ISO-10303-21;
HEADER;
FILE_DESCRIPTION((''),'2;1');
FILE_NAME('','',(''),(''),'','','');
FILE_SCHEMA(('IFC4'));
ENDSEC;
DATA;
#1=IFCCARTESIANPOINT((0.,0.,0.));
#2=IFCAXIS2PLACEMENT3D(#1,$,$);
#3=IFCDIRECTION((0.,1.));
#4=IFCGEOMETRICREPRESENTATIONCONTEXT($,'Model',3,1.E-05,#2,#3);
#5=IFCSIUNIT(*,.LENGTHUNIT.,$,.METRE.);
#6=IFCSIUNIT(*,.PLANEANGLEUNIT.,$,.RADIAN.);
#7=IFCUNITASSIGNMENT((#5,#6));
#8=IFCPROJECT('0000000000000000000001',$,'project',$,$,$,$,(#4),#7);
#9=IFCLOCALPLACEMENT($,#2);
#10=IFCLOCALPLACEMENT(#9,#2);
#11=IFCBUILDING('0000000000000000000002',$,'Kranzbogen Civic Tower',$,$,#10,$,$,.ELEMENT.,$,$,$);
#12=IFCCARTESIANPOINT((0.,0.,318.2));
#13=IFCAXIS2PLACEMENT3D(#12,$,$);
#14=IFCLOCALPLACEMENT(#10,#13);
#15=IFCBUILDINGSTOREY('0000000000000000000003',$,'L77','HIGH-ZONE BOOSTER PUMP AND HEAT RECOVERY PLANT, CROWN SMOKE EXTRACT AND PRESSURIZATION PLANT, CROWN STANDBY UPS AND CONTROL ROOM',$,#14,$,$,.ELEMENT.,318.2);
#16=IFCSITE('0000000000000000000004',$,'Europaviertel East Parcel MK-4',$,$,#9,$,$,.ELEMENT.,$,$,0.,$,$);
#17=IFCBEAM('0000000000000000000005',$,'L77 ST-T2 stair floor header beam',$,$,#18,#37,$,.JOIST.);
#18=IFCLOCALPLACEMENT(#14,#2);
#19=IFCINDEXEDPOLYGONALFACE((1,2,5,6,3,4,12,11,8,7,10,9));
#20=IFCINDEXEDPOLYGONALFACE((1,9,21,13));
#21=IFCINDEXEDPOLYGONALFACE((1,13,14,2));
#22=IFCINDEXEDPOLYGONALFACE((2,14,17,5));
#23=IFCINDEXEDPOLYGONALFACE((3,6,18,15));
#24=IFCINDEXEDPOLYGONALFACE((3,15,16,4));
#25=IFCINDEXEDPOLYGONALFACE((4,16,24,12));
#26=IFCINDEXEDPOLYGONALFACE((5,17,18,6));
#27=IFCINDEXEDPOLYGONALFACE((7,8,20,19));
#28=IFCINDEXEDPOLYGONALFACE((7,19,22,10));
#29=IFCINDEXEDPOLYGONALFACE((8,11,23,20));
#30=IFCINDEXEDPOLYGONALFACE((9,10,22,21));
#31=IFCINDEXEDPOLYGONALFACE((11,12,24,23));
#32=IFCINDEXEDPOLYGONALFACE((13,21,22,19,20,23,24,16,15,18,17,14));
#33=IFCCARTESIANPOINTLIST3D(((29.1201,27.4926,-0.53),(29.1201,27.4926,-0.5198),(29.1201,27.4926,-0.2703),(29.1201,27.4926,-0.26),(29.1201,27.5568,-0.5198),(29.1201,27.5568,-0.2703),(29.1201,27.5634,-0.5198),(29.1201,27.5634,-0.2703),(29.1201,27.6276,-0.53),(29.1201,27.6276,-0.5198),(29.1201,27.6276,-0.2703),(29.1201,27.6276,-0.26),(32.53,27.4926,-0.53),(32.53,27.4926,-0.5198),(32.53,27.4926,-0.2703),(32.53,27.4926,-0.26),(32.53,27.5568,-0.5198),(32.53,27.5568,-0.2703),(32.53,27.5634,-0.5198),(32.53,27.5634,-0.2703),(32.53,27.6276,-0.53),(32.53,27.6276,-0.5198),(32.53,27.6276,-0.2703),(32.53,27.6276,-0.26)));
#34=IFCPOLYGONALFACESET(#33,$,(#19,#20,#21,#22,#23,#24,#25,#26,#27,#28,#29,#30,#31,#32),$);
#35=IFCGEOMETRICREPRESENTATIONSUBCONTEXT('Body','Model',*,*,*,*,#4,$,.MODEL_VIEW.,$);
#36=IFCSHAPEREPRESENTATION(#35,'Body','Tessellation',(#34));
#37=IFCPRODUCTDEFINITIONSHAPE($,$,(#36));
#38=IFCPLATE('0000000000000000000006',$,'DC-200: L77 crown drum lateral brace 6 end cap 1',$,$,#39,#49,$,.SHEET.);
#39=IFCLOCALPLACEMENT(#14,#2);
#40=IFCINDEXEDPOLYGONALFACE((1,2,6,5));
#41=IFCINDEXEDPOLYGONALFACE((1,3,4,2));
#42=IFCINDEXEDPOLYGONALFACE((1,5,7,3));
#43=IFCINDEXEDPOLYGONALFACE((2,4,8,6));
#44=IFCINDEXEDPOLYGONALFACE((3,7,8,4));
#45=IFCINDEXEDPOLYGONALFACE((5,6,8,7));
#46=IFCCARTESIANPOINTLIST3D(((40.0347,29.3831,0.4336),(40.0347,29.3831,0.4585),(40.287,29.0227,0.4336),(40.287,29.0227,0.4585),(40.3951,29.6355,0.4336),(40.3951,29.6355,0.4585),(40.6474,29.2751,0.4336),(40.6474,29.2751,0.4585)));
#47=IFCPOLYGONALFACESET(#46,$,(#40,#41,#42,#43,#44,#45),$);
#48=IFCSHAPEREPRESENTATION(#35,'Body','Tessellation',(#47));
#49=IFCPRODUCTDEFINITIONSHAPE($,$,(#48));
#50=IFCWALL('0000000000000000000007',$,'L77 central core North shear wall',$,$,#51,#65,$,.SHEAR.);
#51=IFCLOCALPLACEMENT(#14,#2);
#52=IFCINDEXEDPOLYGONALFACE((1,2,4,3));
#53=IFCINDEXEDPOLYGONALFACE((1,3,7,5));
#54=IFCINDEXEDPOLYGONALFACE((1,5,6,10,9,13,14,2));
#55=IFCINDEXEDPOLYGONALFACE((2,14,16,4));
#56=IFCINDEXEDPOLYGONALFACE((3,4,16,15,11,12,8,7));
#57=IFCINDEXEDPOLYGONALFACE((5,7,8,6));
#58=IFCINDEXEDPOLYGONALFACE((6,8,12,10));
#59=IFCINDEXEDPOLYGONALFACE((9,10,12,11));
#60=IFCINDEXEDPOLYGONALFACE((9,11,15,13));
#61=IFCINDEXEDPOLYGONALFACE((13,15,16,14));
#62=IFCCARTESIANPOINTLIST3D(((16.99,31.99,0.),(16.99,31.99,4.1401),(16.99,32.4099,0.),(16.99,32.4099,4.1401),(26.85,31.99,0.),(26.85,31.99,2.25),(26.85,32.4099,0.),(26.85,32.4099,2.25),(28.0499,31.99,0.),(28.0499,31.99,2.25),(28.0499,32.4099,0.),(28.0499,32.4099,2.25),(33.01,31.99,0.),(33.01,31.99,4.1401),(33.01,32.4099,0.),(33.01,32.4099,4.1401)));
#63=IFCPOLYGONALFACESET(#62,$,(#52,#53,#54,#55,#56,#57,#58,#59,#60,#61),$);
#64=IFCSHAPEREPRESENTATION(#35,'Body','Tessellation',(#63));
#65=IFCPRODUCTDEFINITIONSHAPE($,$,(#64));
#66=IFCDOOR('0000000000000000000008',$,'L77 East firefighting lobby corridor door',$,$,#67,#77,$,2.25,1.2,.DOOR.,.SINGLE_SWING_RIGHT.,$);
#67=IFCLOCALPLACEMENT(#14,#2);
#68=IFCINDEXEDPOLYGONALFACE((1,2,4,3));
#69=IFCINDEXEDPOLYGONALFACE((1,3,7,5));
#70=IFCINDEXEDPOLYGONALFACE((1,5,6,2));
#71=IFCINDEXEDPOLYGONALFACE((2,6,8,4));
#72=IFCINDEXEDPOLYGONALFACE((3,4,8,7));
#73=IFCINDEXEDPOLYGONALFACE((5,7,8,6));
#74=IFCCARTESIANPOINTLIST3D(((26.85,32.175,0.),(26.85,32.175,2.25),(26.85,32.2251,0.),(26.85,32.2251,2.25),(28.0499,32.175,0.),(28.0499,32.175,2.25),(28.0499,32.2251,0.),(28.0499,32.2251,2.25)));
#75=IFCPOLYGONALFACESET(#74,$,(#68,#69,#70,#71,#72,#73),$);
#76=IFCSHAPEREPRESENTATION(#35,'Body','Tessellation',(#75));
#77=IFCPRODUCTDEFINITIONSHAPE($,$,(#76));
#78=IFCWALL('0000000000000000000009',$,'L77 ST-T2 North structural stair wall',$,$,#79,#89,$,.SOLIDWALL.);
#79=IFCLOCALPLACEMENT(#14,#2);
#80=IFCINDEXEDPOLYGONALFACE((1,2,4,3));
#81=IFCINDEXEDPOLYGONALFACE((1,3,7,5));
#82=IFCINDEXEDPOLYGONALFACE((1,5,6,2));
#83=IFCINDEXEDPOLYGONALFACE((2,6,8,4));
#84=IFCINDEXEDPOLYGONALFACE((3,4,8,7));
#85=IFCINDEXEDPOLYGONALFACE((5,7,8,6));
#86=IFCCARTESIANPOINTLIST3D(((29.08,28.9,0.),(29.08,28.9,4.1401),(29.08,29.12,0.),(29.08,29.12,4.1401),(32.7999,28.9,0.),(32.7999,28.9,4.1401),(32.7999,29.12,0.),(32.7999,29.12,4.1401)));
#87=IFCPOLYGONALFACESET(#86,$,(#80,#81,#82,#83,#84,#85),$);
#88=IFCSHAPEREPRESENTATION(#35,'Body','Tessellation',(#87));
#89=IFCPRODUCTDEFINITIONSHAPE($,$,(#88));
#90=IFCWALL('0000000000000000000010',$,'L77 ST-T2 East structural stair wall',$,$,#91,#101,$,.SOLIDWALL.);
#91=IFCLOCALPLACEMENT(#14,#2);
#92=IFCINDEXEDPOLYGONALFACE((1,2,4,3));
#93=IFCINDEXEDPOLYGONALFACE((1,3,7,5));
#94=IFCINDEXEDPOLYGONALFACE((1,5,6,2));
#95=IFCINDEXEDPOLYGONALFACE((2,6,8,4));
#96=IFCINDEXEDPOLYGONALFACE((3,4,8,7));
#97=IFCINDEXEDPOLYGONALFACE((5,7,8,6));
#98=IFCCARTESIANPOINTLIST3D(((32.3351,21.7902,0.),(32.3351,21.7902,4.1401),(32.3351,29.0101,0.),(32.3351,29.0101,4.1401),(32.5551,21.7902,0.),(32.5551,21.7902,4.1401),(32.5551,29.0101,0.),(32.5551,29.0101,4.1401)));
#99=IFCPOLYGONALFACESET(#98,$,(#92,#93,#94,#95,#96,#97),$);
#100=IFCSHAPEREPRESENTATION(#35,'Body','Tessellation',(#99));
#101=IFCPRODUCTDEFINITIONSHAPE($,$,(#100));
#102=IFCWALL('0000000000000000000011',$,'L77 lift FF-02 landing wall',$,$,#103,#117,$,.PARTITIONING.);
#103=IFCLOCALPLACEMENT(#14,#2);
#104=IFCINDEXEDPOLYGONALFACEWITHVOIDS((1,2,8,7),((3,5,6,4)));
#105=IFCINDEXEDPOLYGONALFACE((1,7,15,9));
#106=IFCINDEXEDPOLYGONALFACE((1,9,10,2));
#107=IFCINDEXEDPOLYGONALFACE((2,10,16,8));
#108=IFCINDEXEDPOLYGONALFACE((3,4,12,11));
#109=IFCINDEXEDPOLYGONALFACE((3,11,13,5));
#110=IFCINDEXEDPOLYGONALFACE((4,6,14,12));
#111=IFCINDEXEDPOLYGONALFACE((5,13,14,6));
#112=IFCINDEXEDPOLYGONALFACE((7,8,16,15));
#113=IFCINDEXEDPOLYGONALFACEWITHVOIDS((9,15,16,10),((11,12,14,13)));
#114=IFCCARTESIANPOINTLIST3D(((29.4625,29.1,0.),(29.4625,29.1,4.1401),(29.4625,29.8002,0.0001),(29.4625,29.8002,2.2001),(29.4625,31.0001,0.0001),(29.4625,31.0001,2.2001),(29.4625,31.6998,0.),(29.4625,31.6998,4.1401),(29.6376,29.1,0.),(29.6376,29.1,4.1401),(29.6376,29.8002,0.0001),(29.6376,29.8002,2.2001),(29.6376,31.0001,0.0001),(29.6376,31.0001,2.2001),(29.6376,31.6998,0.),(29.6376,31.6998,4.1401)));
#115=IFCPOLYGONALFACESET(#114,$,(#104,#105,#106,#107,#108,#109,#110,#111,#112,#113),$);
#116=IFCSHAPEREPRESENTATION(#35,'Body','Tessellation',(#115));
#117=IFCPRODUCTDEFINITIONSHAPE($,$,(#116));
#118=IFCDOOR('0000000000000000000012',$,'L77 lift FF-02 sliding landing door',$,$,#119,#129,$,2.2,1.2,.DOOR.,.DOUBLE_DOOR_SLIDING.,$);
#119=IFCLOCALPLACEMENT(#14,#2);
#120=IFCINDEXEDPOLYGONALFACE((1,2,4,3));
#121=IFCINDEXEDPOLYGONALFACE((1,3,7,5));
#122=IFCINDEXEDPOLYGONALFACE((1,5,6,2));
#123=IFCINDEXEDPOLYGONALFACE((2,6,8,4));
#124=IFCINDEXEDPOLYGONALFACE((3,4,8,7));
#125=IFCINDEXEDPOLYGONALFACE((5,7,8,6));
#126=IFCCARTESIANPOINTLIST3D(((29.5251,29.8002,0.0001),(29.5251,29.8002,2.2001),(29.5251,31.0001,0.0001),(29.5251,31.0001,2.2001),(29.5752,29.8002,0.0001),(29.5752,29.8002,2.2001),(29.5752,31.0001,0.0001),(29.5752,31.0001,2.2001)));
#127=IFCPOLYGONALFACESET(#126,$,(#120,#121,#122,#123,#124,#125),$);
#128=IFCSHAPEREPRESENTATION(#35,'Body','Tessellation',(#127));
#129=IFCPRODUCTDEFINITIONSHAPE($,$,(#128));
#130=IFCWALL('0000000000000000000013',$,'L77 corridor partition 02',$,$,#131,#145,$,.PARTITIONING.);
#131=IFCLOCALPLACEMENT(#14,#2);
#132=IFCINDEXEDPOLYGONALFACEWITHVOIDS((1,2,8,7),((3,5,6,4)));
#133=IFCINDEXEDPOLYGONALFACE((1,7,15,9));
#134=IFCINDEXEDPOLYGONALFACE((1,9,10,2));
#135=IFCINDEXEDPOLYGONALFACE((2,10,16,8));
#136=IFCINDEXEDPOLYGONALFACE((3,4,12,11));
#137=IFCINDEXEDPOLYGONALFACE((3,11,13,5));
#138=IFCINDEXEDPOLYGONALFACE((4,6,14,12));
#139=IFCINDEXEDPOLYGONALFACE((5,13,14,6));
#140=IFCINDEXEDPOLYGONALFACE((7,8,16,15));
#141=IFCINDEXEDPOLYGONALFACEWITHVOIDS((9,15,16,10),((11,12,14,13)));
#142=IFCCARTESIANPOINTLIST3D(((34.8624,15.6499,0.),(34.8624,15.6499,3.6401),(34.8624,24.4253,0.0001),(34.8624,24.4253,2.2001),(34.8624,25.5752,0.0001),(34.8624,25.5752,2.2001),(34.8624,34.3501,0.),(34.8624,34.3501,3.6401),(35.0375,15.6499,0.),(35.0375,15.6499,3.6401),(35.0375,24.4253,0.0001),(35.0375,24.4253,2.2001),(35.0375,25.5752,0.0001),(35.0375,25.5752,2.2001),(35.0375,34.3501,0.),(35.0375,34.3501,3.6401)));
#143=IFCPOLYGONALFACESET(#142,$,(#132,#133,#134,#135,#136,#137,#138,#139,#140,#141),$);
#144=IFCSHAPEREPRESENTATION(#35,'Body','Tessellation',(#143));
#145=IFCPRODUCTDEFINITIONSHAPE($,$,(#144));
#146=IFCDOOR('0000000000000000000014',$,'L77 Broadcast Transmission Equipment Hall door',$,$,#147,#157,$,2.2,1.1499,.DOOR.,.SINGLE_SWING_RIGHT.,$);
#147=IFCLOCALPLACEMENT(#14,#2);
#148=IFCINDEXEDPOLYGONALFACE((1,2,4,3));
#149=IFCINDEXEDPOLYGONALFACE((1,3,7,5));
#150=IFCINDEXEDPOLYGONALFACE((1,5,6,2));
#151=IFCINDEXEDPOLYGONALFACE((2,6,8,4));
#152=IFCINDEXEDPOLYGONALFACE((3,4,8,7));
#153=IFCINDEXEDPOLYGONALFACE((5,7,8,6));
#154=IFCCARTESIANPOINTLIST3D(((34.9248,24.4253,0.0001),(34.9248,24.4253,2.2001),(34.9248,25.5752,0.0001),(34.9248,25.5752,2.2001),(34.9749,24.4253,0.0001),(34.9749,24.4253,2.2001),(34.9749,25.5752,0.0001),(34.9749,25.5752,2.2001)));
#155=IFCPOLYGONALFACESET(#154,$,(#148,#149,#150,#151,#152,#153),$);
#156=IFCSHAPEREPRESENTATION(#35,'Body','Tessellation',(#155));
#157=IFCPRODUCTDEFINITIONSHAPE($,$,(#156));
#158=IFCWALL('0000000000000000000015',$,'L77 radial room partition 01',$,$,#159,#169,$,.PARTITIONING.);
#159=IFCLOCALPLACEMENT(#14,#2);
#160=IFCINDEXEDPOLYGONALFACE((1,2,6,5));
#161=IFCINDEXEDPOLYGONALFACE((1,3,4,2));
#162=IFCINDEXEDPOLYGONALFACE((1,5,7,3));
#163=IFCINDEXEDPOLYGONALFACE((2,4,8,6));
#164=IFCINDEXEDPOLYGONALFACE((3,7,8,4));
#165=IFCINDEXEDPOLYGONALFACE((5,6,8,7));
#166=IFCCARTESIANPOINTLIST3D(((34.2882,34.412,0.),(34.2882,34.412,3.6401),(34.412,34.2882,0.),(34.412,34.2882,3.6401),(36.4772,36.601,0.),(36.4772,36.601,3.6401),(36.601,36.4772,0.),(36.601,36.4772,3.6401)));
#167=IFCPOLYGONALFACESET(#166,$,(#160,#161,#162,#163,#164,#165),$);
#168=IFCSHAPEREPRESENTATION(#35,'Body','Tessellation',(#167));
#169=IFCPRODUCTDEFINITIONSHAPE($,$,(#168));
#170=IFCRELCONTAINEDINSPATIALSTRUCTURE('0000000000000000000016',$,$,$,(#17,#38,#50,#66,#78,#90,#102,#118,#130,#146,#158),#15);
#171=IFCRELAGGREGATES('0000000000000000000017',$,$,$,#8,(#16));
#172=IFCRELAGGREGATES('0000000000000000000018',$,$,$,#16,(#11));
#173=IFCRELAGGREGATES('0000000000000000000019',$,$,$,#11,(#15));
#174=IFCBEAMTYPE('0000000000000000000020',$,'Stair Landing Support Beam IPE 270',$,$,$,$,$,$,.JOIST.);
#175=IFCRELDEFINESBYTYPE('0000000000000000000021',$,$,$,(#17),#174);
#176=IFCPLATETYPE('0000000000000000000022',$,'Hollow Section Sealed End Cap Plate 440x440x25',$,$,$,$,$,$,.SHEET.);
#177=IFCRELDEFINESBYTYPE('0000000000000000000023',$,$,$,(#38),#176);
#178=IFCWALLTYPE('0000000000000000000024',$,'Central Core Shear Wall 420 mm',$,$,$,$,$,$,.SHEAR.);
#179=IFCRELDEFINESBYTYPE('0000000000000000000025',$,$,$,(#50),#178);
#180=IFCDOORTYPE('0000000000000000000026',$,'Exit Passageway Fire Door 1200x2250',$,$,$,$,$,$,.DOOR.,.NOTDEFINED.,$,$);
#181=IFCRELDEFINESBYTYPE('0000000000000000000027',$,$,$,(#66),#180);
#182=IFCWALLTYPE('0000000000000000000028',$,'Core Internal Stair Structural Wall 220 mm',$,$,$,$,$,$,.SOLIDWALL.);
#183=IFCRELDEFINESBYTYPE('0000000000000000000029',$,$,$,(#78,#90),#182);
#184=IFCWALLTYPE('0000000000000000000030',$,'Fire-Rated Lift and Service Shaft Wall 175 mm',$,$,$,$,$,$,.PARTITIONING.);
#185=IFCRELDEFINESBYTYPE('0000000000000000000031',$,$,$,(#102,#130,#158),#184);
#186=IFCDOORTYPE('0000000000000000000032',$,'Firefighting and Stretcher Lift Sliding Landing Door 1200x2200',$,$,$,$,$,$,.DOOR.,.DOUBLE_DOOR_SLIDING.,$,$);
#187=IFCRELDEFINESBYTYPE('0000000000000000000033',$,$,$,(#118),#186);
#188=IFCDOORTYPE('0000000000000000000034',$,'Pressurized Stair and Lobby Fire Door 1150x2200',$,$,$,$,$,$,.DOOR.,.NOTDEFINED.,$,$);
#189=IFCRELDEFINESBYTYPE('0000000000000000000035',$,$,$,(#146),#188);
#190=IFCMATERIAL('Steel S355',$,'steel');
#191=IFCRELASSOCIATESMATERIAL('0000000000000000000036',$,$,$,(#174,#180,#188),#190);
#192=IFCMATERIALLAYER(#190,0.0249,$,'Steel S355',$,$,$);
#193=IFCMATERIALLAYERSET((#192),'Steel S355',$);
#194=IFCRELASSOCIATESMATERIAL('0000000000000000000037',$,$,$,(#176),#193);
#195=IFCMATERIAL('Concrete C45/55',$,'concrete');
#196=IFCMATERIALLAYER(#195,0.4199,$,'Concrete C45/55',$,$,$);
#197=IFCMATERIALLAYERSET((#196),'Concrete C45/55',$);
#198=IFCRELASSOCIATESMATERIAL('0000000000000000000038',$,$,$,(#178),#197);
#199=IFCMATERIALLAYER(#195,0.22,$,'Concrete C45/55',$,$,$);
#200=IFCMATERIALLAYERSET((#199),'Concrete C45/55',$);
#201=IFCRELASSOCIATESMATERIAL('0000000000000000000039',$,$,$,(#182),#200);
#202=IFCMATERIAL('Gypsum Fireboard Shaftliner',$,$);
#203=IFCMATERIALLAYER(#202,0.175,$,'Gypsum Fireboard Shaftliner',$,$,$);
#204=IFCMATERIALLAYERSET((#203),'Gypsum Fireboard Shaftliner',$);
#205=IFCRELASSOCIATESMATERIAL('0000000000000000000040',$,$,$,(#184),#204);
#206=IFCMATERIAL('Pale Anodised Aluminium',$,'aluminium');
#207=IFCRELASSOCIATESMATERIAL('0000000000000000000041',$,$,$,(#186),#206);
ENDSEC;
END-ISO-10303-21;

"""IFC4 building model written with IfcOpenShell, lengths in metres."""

from ifc_helpers import new_model, si_unit, direction, frame, frame_2d, origin, origin_2d, place, context, subcontext, project, spatial, rectangle, i_section, extrude, material, layer, layer_set, material_profile, profile_set, type_object, element, fill, save


model = new_model("IFC4")

# Units and contexts
model_context = context("Model", 3, precision=1e-05, world=origin(), true_north=direction((0.0, 1.0)))
body_context = subcontext(model_context, "Body", "Model", "MODEL_VIEW")
ifc_project = project(units=[si_unit("LENGTHUNIT", "METRE"), si_unit("PLANEANGLEUNIT", "RADIAN")], contexts=[model_context])

# Site, building, storey
site_placement = place(None, origin())
site = spatial("IfcSite", under=ifc_project, at=site_placement, Name="Europaviertel East Parcel MK-4", CompositionType="ELEMENT", RefElevation=0.0)
building_placement = place(site_placement, origin())
building = spatial("IfcBuilding", under=site, at=building_placement, Name="Kranzbogen Civic Tower", CompositionType="ELEMENT")
storey_placement = place(building_placement, frame((0.0, 0.0, 318.2)))
storey = spatial("IfcBuildingStorey", under=building, at=storey_placement, Name="L77", Description="HIGH-ZONE BOOSTER PUMP AND HEAT RECOVERY PLANT, CROWN SMOKE EXTRACT AND PRESSURIZATION PLANT, CROWN STANDBY UPS AND CONTROL ROOM", CompositionType="ELEMENT", Elevation=318.2)

# Shared definitions
ifc_material_1 = material(Name="Steel S355", Category="steel")

# Beam
ifc_material_profile_1 = material_profile(ifc_material_1, i_section(OverallWidth=0.135, OverallDepth=0.27, WebThickness=0.0066, FlangeThickness=0.0103, at=origin_2d()), Name="IPE 270")
ifc_profile_set_1 = profile_set([ifc_material_profile_1], Name="Steel S355")
beam_type_1 = type_object("IfcBeamType", Name="Stair Landing Support Beam IPE 270", PredefinedType="JOIST", material=ifc_profile_set_1)
beam_1_placement = place(storey_placement, frame((29.1201, 27.5601, -0.395), z_axis=(1.0, 0.0, 0.0), x_axis=(0.0, 1.0, 0.0)))
element("IfcBeam", 1, at=beam_1_placement, inside=storey, type_object=beam_type_1, Name="L77 ST-T2 stair floor header beam", PredefinedType="JOIST", context=body_context, shape_type="SweptSolid", body=[
    extrude(i_section(OverallWidth=0.135, OverallDepth=0.27, WebThickness=0.0066, FlangeThickness=0.0103, at=origin_2d()), origin(), (0.0, 0.0, 1.0), 3.4099),
])

# Plate
ifc_layer_1 = layer(ifc_material_1, 0.0249, Name="Steel S355")
ifc_layer_set_1 = layer_set([ifc_layer_1], Name="Steel S355")
plate_type = type_object("IfcPlateType", Name="Hollow Section Sealed End Cap Plate 440x440x25", PredefinedType="SHEET", material=ifc_layer_set_1)
plate_placement = place(storey_placement, frame((40.3411, 29.3291, 0.4336), z_axis=(0.0, 0.0, 1.0), x_axis=(-0.573534, 0.819182, 0.0)))
element("IfcPlate", 2, at=plate_placement, inside=storey, type_object=plate_type, Name="DC-200: L77 crown drum lateral brace 6 end cap 1", PredefinedType="SHEET", context=body_context, shape_type="SweptSolid", body=[
    extrude(rectangle(XDim=0.4399, YDim=0.4399, at=origin_2d()), origin(), (0.0, 0.0, 1.0), 0.0249),
])

# Wall, opening, door
ifc_material_2 = material(Name="Concrete C45/55", Category="concrete")
ifc_layer_2 = layer(ifc_material_2, 0.4199, Name="Concrete C45/55")
ifc_layer_set_2 = layer_set([ifc_layer_2], Name="Concrete C45/55")
wall_type_1 = type_object("IfcWallType", Name="Central Core Shear Wall 420 mm", PredefinedType="SHEAR", material=ifc_layer_set_2)
wall_1_placement = place(storey_placement, frame((33.01, 32.2, 0.0), z_axis=(0.0, 0.0, 1.0), x_axis=(-1.0, 0.0, 0.0)))
wall_1 = element("IfcWall", 3, at=wall_1_placement, inside=storey, type_object=wall_type_1, Name="L77 central core North shear wall", PredefinedType="SHEAR", context=body_context, shape_type="SweptSolid", body=[
    extrude(rectangle(XDim=16.02, YDim=0.4199, at=frame_2d((8.01, 0.0))), origin(), (0.0, 0.0, 1.0), 4.1401),
])
opening_1_placement = place(wall_1_placement, frame((4.96, 0.0, 0.0)))
opening_1 = element("IfcOpeningElement", 4, at=opening_1_placement, cuts=wall_1, PredefinedType="OPENING", context=body_context, shape_type="SweptSolid", body=[
    extrude(rectangle(XDim=1.2, YDim=2.25, at=frame_2d((0.6001, 1.125))), frame((0.0, 0.22, 0.0), z_axis=(0.0, -1.0, 0.0), x_axis=(1.0, 0.0, 0.0)), (0.0, 0.0, 1.0), 0.4399),
])
door_type_1 = type_object("IfcDoorType", Name="Exit Passageway Fire Door 1200x2250", OperationType="NOTDEFINED", PredefinedType="DOOR", material=ifc_material_1)
door_1_placement = place(opening_1_placement, origin())
door_1 = element("IfcDoor", 5, at=door_1_placement, inside=storey, type_object=door_type_1, Name="L77 East firefighting lobby corridor door", OperationType="SINGLE_SWING_RIGHT", OverallHeight=2.25, OverallWidth=1.2, PredefinedType="DOOR", context=body_context, shape_type="SweptSolid", body=[
    extrude(rectangle(XDim=1.2, YDim=2.25, at=frame_2d((0.6001, 1.125))), frame((0.0, 0.0249, 0.0), z_axis=(0.0, -1.0, 0.0), x_axis=(1.0, 0.0, 0.0)), (0.0, 0.0, 1.0), 0.05),
])
fill(opening_1, door_1)

# Walls
ifc_layer_3 = layer(ifc_material_2, 0.22, Name="Concrete C45/55")
ifc_layer_set_3 = layer_set([ifc_layer_3], Name="Concrete C45/55")
wall_type_2 = type_object("IfcWallType", Name="Core Internal Stair Structural Wall 220 mm", PredefinedType="SOLIDWALL", material=ifc_layer_set_3)
wall_2_placement = place(storey_placement, frame((29.0801, 29.01, 0.0), z_axis=(0.0, 0.0, 1.0), x_axis=(1.0, 0.0, 0.0)))
element("IfcWall", 6, at=wall_2_placement, inside=storey, type_object=wall_type_2, Name="L77 ST-T2 North structural stair wall", PredefinedType="SOLIDWALL", context=body_context, shape_type="SweptSolid", body=[
    extrude(rectangle(XDim=3.72, YDim=0.22, at=frame_2d((1.8599, 0.0))), origin(), (0.0, 0.0, 1.0), 4.1401),
])
wall_3_placement = place(storey_placement, frame((32.4451, 29.01, 0.0), z_axis=(0.0, 0.0, 1.0), x_axis=(0.0, -1.0, 0.0)))
element("IfcWall", 7, at=wall_3_placement, inside=storey, type_object=wall_type_2, Name="L77 ST-T2 East structural stair wall", PredefinedType="SOLIDWALL", context=body_context, shape_type="SweptSolid", body=[
    extrude(rectangle(XDim=7.22, YDim=0.22, at=frame_2d((3.6099, 0.0))), origin(), (0.0, 0.0, 1.0), 4.1401),
])

# Walls, openings, doors
ifc_material_3 = material(Name="Gypsum Fireboard Shaftliner")
ifc_layer_4 = layer(ifc_material_3, 0.175, Name="Gypsum Fireboard Shaftliner")
ifc_layer_set_4 = layer_set([ifc_layer_4], Name="Gypsum Fireboard Shaftliner")
wall_type_3 = type_object("IfcWallType", Name="Fire-Rated Lift and Service Shaft Wall 175 mm", PredefinedType="PARTITIONING", material=ifc_layer_set_4)
wall_4_placement = place(storey_placement, frame((29.55, 29.1001, 0.0), z_axis=(0.0, 0.0, 1.0), x_axis=(0.0, 1.0, 0.0)))
wall_4 = element("IfcWall", 8, at=wall_4_placement, inside=storey, type_object=wall_type_3, Name="L77 lift FF-02 landing wall", PredefinedType="PARTITIONING", context=body_context, shape_type="SweptSolid", body=[
    extrude(rectangle(XDim=2.5999, YDim=0.175, at=frame_2d((1.2998, 0.0))), origin(), (0.0, 0.0, 1.0), 4.1401),
])
opening_2_placement = place(wall_4_placement, frame((0.7, 0.0, 0.0)))
opening_2 = element("IfcOpeningElement", 9, at=opening_2_placement, cuts=wall_4, PredefinedType="OPENING", context=body_context, shape_type="SweptSolid", body=[
    extrude(rectangle(XDim=1.2, YDim=2.2, at=frame_2d((0.6001, 1.1001))), frame((0.0, 0.0977, 0.0), z_axis=(0.0, -1.0, 0.0), x_axis=(1.0, 0.0, 0.0)), (0.0, 0.0, 1.0), 0.1951),
])
ifc_material_4 = material(Name="Pale Anodised Aluminium", Category="aluminium")
door_type_2 = type_object("IfcDoorType", Name="Firefighting and Stretcher Lift Sliding Landing Door 1200x2200", OperationType="DOUBLE_DOOR_SLIDING", PredefinedType="DOOR", material=ifc_material_4)
door_2_placement = place(opening_2_placement, origin())
door_2 = element("IfcDoor", 10, at=door_2_placement, inside=storey, type_object=door_type_2, Name="L77 lift FF-02 sliding landing door", OperationType="DOUBLE_DOOR_SLIDING", OverallHeight=2.2, OverallWidth=1.2, PredefinedType="DOOR", context=body_context, shape_type="SweptSolid", body=[
    extrude(rectangle(XDim=1.2, YDim=2.2, at=frame_2d((0.6001, 1.1001))), frame((0.0, 0.0249, 0.0), z_axis=(0.0, -1.0, 0.0), x_axis=(1.0, 0.0, 0.0)), (0.0, 0.0, 1.0), 0.05),
])
fill(opening_2, door_2)
wall_5_placement = place(storey_placement, frame((34.95, 34.3501, 0.0), z_axis=(0.0, 0.0, 1.0), x_axis=(0.0, -1.0, 0.0)))
wall_5 = element("IfcWall", 11, at=wall_5_placement, inside=storey, type_object=wall_type_3, Name="L77 corridor partition 02", PredefinedType="PARTITIONING", context=body_context, shape_type="SweptSolid", body=[
    extrude(rectangle(XDim=18.7002, YDim=0.175, at=frame_2d((9.3501, 0.0))), origin(), (0.0, 0.0, 1.0), 3.6401),
])
opening_3_placement = place(wall_5_placement, frame((8.7749, 0.0, 0.0)))
opening_3 = element("IfcOpeningElement", 12, at=opening_3_placement, cuts=wall_5, PredefinedType="OPENING", context=body_context, shape_type="SweptSolid", body=[
    extrude(rectangle(XDim=1.1499, YDim=2.2, at=frame_2d((0.575, 1.1001))), frame((0.0, 0.0977, 0.0), z_axis=(0.0, -1.0, 0.0), x_axis=(1.0, 0.0, 0.0)), (0.0, 0.0, 1.0), 0.1951),
])
door_type_3 = type_object("IfcDoorType", Name="Pressurized Stair and Lobby Fire Door 1150x2200", OperationType="NOTDEFINED", PredefinedType="DOOR", material=ifc_material_1)
door_3_placement = place(opening_3_placement, origin())
door_3 = element("IfcDoor", 13, at=door_3_placement, inside=storey, type_object=door_type_3, Name="L77 Broadcast Transmission Equipment Hall door", OperationType="SINGLE_SWING_RIGHT", OverallHeight=2.2, OverallWidth=1.1499, PredefinedType="DOOR", context=body_context, shape_type="SweptSolid", body=[
    extrude(rectangle(XDim=1.1499, YDim=2.2, at=frame_2d((0.575, 1.1001))), frame((0.0, 0.0249, 0.0), z_axis=(0.0, -1.0, 0.0), x_axis=(1.0, 0.0, 0.0)), (0.0, 0.0, 1.0), 0.05),
])
fill(opening_3, door_3)

# Wall
wall_6_placement = place(storey_placement, frame((34.3501, 34.3501, 0.0), z_axis=(0.0, 0.0, 1.0), x_axis=(0.707107, 0.707107, 0.0)))
element("IfcWall", 14, at=wall_6_placement, inside=storey, type_object=wall_type_3, Name="L77 radial room partition 01", PredefinedType="PARTITIONING", context=body_context, shape_type="SweptSolid", body=[
    extrude(rectangle(XDim=3.0957, YDim=0.175, at=frame_2d((1.5479, 0.0))), origin(), (0.0, 0.0, 1.0), 3.6401),
])

save(model, "model.ifc")
